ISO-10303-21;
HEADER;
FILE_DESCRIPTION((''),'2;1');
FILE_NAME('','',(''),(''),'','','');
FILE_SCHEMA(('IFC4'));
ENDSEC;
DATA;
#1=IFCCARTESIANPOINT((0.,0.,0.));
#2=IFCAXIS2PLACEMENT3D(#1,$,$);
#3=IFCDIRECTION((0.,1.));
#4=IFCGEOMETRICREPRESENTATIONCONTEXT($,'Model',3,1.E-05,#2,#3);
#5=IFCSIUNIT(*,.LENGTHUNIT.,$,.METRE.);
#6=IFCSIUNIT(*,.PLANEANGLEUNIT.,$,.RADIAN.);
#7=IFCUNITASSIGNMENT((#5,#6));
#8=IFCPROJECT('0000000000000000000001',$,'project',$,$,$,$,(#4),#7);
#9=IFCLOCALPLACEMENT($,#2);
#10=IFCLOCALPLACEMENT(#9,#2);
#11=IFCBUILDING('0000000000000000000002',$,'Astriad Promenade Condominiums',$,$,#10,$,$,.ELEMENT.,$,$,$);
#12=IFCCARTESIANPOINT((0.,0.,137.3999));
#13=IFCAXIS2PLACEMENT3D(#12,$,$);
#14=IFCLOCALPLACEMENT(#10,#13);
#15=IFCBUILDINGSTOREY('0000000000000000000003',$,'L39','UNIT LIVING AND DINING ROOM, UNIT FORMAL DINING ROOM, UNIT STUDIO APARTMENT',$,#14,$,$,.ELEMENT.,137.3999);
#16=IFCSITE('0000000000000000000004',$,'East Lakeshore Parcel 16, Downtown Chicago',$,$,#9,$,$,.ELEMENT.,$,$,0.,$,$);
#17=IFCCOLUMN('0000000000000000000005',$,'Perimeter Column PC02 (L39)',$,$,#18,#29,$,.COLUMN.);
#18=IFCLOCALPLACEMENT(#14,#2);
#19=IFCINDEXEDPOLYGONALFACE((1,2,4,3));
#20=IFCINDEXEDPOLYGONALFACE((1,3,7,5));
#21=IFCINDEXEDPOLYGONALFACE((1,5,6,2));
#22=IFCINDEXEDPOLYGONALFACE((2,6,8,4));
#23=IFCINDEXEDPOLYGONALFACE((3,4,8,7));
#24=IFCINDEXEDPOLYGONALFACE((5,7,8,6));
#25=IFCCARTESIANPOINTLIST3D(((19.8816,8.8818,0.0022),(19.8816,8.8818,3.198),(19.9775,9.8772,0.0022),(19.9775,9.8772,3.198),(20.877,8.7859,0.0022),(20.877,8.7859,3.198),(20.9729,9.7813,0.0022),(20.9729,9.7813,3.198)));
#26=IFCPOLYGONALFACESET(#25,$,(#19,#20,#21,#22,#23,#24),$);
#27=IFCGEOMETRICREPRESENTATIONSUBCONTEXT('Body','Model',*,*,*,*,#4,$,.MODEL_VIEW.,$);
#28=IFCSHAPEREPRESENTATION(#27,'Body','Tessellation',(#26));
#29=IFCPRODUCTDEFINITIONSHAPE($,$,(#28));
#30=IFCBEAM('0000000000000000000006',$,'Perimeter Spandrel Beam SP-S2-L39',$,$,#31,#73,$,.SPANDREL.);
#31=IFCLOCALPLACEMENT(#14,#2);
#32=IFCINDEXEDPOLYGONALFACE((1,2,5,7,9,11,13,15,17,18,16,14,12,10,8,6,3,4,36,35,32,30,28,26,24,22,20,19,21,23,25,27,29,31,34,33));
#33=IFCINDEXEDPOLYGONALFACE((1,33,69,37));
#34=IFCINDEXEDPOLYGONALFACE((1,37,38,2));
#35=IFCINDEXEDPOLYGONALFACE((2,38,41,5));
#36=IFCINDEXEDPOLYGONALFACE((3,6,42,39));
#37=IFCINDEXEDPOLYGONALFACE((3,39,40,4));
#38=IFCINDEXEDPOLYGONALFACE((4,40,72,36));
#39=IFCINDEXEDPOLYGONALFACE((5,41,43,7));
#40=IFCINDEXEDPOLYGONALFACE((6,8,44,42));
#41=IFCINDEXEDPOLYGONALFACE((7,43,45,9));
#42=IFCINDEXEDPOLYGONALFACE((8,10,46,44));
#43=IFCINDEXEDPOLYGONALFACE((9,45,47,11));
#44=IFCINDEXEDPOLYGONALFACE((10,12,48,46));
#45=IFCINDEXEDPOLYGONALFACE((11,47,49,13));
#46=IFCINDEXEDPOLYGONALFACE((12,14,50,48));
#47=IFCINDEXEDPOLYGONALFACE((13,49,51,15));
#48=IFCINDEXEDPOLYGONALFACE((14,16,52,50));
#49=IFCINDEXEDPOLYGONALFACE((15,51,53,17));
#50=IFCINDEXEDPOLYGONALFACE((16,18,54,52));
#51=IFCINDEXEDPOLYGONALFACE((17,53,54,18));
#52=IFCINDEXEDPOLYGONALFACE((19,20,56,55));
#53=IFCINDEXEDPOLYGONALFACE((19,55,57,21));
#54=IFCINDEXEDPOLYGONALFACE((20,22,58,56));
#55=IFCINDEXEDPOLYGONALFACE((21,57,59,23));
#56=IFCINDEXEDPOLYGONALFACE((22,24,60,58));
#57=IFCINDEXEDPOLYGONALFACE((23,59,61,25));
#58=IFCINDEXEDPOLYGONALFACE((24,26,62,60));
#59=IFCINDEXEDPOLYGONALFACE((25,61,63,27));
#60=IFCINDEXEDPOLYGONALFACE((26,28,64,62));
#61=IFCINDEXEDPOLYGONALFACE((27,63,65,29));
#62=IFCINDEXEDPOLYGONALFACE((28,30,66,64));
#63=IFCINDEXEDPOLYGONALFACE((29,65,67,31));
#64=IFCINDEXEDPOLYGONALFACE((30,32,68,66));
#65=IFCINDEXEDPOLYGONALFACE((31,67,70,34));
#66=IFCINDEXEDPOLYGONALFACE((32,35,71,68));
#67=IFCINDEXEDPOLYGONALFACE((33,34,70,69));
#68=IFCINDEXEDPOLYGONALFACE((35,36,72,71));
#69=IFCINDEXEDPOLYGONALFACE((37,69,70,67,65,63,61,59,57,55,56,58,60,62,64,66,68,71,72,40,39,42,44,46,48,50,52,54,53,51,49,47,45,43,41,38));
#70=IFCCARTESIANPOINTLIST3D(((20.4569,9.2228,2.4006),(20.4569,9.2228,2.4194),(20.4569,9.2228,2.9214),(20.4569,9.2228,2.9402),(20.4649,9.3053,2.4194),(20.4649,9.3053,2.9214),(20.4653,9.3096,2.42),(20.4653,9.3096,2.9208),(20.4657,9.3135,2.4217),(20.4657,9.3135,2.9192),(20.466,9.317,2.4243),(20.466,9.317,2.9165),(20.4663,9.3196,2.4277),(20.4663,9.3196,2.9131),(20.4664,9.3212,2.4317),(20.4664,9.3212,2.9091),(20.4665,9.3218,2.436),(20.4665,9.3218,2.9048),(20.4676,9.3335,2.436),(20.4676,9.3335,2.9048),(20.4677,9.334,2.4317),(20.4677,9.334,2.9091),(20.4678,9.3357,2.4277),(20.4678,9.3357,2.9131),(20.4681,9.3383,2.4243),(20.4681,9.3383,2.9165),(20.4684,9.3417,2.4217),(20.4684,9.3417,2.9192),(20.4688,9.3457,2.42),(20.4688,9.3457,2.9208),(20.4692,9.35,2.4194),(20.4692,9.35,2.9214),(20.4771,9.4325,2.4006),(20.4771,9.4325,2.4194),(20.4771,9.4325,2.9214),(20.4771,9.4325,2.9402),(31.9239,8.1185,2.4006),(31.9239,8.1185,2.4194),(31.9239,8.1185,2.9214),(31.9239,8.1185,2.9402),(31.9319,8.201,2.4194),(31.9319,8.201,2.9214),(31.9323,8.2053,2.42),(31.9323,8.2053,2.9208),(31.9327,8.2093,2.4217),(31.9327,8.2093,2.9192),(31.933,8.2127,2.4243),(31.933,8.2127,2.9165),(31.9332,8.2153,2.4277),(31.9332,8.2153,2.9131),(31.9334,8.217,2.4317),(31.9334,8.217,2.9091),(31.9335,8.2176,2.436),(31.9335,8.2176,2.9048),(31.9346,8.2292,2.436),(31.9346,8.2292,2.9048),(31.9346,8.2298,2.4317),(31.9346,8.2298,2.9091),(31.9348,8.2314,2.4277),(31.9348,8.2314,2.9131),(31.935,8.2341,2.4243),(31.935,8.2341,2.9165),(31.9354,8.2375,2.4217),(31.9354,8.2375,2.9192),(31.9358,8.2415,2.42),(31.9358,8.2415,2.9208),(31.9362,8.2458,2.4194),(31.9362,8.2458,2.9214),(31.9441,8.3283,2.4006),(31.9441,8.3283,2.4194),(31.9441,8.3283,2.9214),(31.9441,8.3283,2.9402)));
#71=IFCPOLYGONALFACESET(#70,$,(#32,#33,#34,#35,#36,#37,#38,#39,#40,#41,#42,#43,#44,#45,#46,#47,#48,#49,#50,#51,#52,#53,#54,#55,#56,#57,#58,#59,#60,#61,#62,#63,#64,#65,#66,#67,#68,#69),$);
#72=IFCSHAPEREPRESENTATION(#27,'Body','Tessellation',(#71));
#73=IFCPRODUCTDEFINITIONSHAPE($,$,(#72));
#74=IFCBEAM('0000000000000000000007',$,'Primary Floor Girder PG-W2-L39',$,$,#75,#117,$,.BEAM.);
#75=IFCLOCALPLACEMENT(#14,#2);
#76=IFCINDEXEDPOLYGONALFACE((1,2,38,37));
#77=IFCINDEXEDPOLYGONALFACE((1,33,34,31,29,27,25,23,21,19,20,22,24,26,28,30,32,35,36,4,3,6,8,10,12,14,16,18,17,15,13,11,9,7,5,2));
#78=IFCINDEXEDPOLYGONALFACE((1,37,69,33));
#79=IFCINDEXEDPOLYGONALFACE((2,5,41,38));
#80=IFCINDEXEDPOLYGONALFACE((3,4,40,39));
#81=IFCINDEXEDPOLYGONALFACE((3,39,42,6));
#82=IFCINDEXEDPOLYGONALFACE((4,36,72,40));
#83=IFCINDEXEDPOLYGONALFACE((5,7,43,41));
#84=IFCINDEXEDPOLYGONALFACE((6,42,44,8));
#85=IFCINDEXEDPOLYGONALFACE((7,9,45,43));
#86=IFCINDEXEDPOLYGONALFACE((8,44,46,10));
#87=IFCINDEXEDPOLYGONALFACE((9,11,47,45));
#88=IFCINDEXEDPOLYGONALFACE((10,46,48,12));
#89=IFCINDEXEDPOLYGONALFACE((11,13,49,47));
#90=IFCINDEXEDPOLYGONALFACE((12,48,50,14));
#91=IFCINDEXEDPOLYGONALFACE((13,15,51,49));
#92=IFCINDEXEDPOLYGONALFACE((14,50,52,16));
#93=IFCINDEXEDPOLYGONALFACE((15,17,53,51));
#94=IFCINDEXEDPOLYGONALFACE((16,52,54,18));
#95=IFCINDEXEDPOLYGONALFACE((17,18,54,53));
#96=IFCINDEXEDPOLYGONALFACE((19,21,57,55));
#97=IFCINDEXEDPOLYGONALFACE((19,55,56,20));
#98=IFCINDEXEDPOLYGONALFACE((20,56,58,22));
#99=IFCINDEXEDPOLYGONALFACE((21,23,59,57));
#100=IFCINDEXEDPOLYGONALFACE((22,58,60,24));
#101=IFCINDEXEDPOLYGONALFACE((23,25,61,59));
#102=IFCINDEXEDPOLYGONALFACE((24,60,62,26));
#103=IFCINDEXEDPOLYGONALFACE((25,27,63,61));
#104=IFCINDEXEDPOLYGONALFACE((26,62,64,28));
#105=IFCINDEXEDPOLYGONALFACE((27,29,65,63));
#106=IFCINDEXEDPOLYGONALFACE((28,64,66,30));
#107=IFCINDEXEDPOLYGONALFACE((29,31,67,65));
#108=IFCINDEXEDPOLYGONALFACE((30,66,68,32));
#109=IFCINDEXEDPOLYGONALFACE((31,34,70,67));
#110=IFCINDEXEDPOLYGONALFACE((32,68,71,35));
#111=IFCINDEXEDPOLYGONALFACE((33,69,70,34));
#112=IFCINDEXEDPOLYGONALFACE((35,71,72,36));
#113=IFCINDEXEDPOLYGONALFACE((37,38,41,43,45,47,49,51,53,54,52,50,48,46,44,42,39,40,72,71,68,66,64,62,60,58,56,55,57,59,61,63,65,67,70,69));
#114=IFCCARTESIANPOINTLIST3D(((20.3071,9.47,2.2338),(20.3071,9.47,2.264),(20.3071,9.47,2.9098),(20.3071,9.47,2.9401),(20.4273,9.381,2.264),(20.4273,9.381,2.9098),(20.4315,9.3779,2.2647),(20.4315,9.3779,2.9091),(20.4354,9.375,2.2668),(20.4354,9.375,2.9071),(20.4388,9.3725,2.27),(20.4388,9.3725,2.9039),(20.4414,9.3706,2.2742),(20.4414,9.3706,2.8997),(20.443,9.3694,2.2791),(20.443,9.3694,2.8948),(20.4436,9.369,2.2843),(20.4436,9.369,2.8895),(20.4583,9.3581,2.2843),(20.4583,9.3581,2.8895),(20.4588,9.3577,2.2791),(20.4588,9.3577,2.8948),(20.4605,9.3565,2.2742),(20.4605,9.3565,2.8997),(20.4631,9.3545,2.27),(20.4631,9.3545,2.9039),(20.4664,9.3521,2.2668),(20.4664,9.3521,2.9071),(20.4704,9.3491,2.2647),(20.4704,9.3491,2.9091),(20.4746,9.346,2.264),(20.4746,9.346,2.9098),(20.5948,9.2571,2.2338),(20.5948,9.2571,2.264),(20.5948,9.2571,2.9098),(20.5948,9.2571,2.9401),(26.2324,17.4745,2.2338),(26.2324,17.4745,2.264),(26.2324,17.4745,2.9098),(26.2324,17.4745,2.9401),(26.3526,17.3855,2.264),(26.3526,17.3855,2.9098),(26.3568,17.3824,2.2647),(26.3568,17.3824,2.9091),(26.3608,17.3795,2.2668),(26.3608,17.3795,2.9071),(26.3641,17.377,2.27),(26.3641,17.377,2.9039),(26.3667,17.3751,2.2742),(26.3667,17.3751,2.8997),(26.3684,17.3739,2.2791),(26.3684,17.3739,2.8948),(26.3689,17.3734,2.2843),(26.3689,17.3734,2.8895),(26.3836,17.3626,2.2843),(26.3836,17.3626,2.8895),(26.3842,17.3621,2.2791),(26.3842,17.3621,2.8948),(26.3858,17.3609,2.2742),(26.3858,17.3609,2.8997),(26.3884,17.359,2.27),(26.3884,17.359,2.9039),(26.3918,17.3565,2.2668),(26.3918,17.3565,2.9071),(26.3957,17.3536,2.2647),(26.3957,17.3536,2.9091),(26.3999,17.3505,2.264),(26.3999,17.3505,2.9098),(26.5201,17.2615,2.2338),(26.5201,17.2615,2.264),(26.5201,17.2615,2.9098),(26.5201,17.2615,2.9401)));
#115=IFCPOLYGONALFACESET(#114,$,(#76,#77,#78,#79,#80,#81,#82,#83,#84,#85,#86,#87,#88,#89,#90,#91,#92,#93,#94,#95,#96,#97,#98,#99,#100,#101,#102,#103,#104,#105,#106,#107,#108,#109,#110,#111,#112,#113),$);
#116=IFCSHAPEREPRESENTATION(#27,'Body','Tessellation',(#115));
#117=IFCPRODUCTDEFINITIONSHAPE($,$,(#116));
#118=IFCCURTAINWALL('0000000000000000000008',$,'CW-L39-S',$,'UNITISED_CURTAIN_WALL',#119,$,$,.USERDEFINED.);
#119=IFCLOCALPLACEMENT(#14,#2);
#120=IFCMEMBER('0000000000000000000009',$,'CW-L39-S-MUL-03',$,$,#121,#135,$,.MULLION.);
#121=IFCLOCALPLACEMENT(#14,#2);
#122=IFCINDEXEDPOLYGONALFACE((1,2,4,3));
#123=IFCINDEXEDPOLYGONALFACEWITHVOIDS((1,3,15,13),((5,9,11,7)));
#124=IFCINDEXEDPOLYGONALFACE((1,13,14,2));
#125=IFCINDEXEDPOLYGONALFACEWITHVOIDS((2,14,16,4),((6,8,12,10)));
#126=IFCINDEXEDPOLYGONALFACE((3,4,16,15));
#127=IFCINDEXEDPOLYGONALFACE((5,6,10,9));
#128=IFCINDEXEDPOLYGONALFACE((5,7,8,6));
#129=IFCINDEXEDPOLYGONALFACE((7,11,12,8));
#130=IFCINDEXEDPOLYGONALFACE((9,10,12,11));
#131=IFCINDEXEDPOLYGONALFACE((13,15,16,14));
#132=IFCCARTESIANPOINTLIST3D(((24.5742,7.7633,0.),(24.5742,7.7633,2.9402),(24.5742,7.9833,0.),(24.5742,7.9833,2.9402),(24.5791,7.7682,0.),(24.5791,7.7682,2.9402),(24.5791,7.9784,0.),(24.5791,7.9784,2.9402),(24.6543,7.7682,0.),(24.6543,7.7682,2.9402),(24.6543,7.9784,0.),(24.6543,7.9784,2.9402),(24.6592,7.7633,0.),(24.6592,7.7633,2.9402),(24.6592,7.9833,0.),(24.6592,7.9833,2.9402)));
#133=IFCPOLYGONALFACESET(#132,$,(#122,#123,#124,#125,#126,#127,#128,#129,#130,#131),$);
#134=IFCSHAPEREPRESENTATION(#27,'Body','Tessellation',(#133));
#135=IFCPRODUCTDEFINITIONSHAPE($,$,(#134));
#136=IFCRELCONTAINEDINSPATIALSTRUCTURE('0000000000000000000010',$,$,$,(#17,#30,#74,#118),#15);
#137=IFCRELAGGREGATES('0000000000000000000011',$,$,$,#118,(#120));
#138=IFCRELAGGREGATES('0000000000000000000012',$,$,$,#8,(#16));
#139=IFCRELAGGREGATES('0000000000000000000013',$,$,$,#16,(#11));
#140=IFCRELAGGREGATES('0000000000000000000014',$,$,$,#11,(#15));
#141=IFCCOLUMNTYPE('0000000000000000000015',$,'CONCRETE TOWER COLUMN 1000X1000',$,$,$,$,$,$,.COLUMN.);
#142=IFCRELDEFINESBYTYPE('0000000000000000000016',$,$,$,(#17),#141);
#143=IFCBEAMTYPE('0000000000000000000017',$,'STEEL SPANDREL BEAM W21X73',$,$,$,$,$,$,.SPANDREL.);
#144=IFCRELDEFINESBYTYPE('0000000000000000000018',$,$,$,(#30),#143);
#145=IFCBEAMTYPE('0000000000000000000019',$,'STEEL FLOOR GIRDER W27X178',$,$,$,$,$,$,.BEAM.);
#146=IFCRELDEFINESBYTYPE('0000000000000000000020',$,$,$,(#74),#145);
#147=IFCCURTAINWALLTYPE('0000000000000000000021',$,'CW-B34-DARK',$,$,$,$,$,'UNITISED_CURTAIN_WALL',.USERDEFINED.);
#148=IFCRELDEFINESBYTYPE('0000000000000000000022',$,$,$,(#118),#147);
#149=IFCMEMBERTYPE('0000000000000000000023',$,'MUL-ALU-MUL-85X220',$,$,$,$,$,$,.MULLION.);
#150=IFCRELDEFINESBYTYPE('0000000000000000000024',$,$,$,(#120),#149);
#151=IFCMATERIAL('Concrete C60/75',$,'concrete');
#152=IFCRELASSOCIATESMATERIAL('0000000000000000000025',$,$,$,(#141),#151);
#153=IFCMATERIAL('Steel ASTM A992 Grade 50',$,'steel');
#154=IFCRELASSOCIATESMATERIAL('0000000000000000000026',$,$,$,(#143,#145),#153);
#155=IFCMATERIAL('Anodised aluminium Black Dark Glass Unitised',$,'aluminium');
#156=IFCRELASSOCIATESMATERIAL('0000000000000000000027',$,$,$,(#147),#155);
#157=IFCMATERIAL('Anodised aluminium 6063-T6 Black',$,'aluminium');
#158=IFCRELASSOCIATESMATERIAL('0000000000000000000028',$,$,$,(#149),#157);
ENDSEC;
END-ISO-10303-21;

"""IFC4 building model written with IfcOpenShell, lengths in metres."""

from ifc_helpers import new_model, si_unit, direction, frame, origin, origin_2d, place, context, subcontext, project, spatial, rectangle, hollow_rectangle, i_section, extrude, source, transform, mapped, material, material_profile, profile_set, type_object, type_shapes, element, aggregate, save


model = new_model("IFC4")

# Units and contexts
model_context = context("Model", 3, precision=1e-05, world=origin(), true_north=direction((0.0, 1.0)))
body_context = subcontext(model_context, "Body", "Model", "MODEL_VIEW")
ifc_project = project(units=[si_unit("LENGTHUNIT", "METRE"), si_unit("PLANEANGLEUNIT", "RADIAN")], contexts=[model_context])

# Site, building, storey
site_placement = place(None, origin())
site = spatial("IfcSite", under=ifc_project, at=site_placement, Name="East Lakeshore Parcel 16, Downtown Chicago", CompositionType="ELEMENT", RefElevation=0.0)
building_placement = place(site_placement, origin())
building = spatial("IfcBuilding", under=site, at=building_placement, Name="Astriad Promenade Condominiums", CompositionType="ELEMENT")
storey_placement = place(building_placement, frame((0.0, 0.0, 137.3999)))
storey = spatial("IfcBuildingStorey", under=building, at=storey_placement, Name="L39", Description="UNIT LIVING AND DINING ROOM, UNIT FORMAL DINING ROOM, UNIT STUDIO APARTMENT", CompositionType="ELEMENT", Elevation=137.3999)

# Column
ifc_material_1 = material(Name="Concrete C60/75", Category="concrete")
ifc_material_profile_1 = material_profile(ifc_material_1, rectangle(XDim=1.0, YDim=1.0, at=origin_2d()), Name="RC-COL-1000X1000")
ifc_profile_set_1 = profile_set([ifc_material_profile_1], Name="Concrete C60/75")
column_type = type_object("IfcColumnType", Name="CONCRETE TOWER COLUMN 1000X1000", PredefinedType="COLUMN", material=ifc_profile_set_1)
shared_shape_1 = source(origin(), body_context, "Body", "SweptSolid", [
    extrude(rectangle(XDim=1.0, YDim=1.0, at=origin_2d()), origin(), (0.0, 0.0, 1.0), 3.1958),
])
type_shapes(column_type, [shared_shape_1])
column_placement = place(storey_placement, frame((20.4272, 9.3315, 0.0022), z_axis=(0.0, 0.0, 1.0), x_axis=(0.995396, -0.095846, 0.0)))
element("IfcColumn", 1, at=column_placement, inside=storey, type_object=column_type, Name="Perimeter Column PC02 (L39)", PredefinedType="COLUMN", context=body_context, shape_type="MappedRepresentation", body=[
    mapped(shared_shape_1, transform((0.0, 0.0, 0.0), scale=1.0)),
])

# Beams
ifc_material_2 = material(Name="Steel ASTM A992 Grade 50", Category="steel")
ifc_material_profile_2 = material_profile(ifc_material_2, i_section(OverallWidth=0.2107, OverallDepth=0.5396, WebThickness=0.0117, FlangeThickness=0.0188, FilletRadius=0.0166, at=origin_2d()), Name="W21X73")
ifc_profile_set_2 = profile_set([ifc_material_profile_2], Name="Steel ASTM A992 Grade 50")
beam_type_1 = type_object("IfcBeamType", Name="STEEL SPANDREL BEAM W21X73", PredefinedType="SPANDREL", material=ifc_profile_set_2)
shared_shape_2 = source(origin(), body_context, "Body", "SweptSolid", [
    extrude(i_section(OverallWidth=0.2107, OverallDepth=0.5396, WebThickness=0.0117, FlangeThickness=0.0188, FilletRadius=0.0166, at=origin_2d()), origin(), (0.0, 0.0, 1.0), 11.52),
])
type_shapes(beam_type_1, [shared_shape_2])
beam_1_placement = place(storey_placement, frame((20.467, 9.3276, 2.6704), z_axis=(0.995395, -0.095854, 0.0), x_axis=(0.095854, 0.995395, 0.0)))
element("IfcBeam", 2, at=beam_1_placement, inside=storey, type_object=beam_type_1, Name="Perimeter Spandrel Beam SP-S2-L39", PredefinedType="SPANDREL", context=body_context, shape_type="MappedRepresentation", body=[
    mapped(shared_shape_2, transform((0.0, 0.0, 0.0), scale=1.0)),
])
ifc_material_profile_3 = material_profile(ifc_material_2, i_section(OverallWidth=0.3579, OverallDepth=0.7063, WebThickness=0.0183, FlangeThickness=0.0303, FilletRadius=0.0203, at=origin_2d()), Name="W27X178")
ifc_profile_set_3 = profile_set([ifc_material_profile_3], Name="Steel ASTM A992 Grade 50")
beam_type_2 = type_object("IfcBeamType", Name="STEEL FLOOR GIRDER W27X178", PredefinedType="BEAM", material=ifc_profile_set_3)
shared_shape_3 = source(origin(), body_context, "Body", "SweptSolid", [
    extrude(i_section(OverallWidth=0.3579, OverallDepth=0.7063, WebThickness=0.0183, FlangeThickness=0.0303, FilletRadius=0.0203, at=origin_2d()), origin(), (0.0, 0.0, 1.0), 9.959),
])
type_shapes(beam_type_2, [shared_shape_3])
beam_2_placement = place(storey_placement, frame((20.4509, 9.3635, 2.5869), z_axis=(0.594975, 0.803744, 0.0), x_axis=(-0.803744, 0.594975, 0.0)))
element("IfcBeam", 3, at=beam_2_placement, inside=storey, type_object=beam_type_2, Name="Primary Floor Girder PG-W2-L39", PredefinedType="BEAM", context=body_context, shape_type="MappedRepresentation", body=[
    mapped(shared_shape_3, transform((0.0, 0.0, 0.0), scale=1.0)),
])

# Curtain wall, member
ifc_material_3 = material(Name="Anodised aluminium Black Dark Glass Unitised", Category="aluminium")
curtain_wall_type = type_object("IfcCurtainWallType", Name="CW-B34-DARK", ElementType="UNITISED_CURTAIN_WALL", PredefinedType="USERDEFINED", material=ifc_material_3)
curtain_wall_placement = place(storey_placement, origin())
curtain_wall = element("IfcCurtainWall", 4, at=curtain_wall_placement, inside=storey, type_object=curtain_wall_type, Name="CW-L39-S", ObjectType="UNITISED_CURTAIN_WALL", PredefinedType="USERDEFINED")
ifc_material_4 = material(Name="Anodised aluminium 6063-T6 Black", Category="aluminium")
ifc_material_profile_4 = material_profile(ifc_material_4, hollow_rectangle(XDim=0.085, YDim=0.22, WallThickness=0.0049, at=origin_2d()), Name="ALU-MUL-85X220")
ifc_profile_set_4 = profile_set([ifc_material_profile_4], Name="Anodised aluminium 6063-T6 Black")
member_type = type_object("IfcMemberType", Name="MUL-ALU-MUL-85X220", PredefinedType="MULLION", material=ifc_profile_set_4)
shared_shape_4 = source(origin(), body_context, "Body", "SweptSolid", [
    extrude(hollow_rectangle(XDim=0.085, YDim=0.22, WallThickness=0.0049, at=origin_2d()), origin(), (0.0, 0.0, 1.0), 2.9402),
])
type_shapes(member_type, [shared_shape_4])
member_placement = place(storey_placement, frame((24.6167, 7.8733, 0.0), z_axis=(0.0, 0.0, 1.0), x_axis=(1.0, 0.0, 0.0)))
member = element("IfcMember", 5, at=member_placement, type_object=member_type, Name="CW-L39-S-MUL-03", PredefinedType="MULLION", context=body_context, shape_type="MappedRepresentation", body=[
    mapped(shared_shape_4, transform((0.0, 0.0, 0.0), scale=1.0)),
])
aggregate(curtain_wall, [member])

save(model, "model.ifc")
